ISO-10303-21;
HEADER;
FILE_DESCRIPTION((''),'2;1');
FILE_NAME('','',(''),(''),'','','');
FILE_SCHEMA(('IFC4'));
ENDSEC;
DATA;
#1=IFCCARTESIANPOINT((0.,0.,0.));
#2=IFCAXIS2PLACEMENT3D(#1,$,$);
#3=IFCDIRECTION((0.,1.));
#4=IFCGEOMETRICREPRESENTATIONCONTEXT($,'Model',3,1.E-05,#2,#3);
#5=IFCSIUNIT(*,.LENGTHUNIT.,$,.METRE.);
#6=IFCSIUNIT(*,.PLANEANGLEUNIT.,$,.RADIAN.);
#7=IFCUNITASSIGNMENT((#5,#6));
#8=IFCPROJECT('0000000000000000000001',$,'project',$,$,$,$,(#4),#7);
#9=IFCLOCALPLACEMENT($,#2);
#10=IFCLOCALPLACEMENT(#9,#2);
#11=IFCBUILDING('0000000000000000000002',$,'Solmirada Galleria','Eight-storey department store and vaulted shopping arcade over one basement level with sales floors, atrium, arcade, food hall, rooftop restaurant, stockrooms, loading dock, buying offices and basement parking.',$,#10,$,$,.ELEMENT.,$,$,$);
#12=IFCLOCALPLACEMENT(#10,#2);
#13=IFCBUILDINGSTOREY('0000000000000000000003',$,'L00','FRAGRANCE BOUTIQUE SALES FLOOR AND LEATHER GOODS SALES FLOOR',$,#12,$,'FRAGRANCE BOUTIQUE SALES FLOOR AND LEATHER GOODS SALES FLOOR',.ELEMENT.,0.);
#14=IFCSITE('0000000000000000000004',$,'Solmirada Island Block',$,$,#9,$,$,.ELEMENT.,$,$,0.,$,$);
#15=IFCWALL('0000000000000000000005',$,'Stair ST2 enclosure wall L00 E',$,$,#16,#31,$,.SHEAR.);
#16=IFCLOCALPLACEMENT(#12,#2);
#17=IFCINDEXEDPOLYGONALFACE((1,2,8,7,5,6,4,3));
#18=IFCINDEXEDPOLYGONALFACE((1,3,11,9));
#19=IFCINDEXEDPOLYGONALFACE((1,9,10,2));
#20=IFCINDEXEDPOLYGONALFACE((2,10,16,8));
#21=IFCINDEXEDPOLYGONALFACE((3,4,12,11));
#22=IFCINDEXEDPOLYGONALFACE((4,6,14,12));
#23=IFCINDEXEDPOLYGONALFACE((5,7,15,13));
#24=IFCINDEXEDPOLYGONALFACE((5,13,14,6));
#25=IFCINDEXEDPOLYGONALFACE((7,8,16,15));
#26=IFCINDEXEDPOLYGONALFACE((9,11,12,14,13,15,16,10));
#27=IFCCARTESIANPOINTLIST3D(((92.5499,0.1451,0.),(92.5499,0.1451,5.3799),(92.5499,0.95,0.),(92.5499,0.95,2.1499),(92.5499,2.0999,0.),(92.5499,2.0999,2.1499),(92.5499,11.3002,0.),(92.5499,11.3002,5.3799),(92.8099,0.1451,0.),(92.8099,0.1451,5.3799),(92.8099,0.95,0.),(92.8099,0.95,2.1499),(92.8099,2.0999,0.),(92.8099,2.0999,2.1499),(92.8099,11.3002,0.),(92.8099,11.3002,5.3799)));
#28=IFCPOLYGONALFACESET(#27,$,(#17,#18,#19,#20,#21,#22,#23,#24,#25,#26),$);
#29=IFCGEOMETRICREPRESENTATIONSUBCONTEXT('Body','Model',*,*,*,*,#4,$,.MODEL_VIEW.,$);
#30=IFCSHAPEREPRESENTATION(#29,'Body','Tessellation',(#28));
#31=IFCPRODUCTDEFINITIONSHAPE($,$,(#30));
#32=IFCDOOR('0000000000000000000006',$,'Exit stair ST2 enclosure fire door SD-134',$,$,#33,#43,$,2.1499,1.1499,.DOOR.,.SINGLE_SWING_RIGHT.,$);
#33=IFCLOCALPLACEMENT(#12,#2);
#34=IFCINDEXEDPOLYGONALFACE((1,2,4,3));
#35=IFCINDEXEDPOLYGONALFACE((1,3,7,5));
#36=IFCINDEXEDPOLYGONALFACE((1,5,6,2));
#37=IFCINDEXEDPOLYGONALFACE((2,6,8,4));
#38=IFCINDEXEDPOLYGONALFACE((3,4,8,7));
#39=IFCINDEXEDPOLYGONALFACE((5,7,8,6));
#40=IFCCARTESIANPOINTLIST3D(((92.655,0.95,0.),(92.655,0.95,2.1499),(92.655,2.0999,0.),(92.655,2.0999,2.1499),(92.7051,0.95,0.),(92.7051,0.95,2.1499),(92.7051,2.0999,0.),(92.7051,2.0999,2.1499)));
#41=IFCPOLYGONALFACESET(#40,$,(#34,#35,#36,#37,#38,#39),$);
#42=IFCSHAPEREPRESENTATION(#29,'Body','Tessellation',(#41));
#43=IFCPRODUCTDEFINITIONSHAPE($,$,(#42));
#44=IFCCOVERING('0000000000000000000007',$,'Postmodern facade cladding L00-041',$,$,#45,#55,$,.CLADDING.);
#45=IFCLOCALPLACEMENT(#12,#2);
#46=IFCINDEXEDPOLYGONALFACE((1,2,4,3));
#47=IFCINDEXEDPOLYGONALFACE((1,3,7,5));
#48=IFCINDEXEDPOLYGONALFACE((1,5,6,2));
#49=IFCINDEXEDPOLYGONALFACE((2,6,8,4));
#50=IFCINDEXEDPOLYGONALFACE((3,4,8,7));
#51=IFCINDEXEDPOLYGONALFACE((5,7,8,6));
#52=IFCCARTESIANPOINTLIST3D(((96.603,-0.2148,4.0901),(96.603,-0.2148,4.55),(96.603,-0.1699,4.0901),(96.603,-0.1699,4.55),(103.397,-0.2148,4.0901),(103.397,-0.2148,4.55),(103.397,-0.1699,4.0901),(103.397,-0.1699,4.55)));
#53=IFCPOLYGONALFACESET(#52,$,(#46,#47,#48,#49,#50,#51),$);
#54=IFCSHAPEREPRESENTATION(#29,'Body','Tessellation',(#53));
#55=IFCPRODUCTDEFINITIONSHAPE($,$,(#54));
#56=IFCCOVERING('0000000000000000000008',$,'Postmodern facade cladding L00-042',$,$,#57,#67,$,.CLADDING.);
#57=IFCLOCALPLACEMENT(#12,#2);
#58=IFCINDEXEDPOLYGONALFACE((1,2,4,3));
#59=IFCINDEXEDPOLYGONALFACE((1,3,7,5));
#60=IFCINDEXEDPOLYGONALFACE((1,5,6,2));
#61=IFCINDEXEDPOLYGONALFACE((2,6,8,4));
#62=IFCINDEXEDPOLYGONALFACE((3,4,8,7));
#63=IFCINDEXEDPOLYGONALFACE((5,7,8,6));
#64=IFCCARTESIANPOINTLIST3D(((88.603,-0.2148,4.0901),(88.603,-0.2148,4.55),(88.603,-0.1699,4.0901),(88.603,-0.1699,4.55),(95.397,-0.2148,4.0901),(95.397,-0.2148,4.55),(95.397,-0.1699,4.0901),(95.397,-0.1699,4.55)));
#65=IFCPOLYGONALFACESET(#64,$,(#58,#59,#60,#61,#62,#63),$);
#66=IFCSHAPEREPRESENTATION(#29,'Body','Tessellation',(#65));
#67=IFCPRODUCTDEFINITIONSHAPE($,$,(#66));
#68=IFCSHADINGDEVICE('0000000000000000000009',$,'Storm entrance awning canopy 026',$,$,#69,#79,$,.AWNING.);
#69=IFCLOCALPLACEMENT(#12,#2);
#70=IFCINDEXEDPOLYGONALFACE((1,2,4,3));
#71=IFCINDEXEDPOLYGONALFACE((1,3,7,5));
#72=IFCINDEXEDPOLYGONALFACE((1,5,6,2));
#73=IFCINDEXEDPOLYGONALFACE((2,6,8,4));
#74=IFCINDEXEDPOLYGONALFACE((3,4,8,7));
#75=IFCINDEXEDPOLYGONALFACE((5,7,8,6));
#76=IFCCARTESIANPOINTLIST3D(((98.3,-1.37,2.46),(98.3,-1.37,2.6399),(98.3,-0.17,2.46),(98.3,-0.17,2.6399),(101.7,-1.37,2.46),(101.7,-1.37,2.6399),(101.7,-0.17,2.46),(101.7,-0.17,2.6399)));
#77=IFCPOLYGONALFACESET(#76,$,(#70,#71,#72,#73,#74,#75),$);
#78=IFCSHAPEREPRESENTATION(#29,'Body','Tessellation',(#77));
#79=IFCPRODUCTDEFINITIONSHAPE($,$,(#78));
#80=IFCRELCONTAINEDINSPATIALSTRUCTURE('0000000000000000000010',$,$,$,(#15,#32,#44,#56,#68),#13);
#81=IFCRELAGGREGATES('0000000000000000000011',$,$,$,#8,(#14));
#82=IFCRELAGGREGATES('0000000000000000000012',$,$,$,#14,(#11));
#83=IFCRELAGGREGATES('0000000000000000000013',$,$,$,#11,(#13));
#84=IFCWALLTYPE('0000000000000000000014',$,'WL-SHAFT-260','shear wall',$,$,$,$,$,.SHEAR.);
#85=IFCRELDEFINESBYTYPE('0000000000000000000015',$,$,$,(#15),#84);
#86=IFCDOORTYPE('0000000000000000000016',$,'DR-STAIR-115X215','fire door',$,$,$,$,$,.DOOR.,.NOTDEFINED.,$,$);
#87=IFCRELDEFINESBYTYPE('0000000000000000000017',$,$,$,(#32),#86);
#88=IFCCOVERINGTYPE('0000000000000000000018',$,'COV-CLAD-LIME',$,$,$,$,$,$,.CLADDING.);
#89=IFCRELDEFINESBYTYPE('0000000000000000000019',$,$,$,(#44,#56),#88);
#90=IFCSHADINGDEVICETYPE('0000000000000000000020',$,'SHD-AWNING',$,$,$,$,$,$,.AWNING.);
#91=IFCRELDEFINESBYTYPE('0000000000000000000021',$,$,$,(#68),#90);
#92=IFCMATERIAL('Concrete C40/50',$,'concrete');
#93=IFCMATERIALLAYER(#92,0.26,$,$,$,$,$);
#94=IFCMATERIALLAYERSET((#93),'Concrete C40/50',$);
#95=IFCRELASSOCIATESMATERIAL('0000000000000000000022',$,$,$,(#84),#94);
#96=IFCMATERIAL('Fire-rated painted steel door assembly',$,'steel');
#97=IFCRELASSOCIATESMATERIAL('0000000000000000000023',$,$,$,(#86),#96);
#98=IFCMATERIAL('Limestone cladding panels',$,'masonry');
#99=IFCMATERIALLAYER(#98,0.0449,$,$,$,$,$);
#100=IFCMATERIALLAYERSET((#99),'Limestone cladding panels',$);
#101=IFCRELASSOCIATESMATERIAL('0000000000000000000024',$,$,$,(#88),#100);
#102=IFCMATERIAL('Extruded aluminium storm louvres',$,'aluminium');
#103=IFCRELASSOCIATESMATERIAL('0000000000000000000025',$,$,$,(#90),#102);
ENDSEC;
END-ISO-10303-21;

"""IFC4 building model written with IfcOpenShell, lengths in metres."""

from ifc_helpers import new_model, si_unit, direction, frame, frame_2d, origin, origin_2d, place, context, subcontext, project, spatial, rectangle, extrude, material, layer, layer_set, type_object, element, fill, save


model = new_model("IFC4")

# Units and contexts
model_context = context("Model", 3, precision=1e-05, world=origin(), true_north=direction((0.0, 1.0)))
body_context = subcontext(model_context, "Body", "Model", "MODEL_VIEW")
ifc_project = project(units=[si_unit("LENGTHUNIT", "METRE"), si_unit("PLANEANGLEUNIT", "RADIAN")], contexts=[model_context])

# Site, building, storey
site_placement = place(None, origin())
site = spatial("IfcSite", under=ifc_project, at=site_placement, Name="Solmirada Island Block", CompositionType="ELEMENT", RefElevation=0.0)
building_placement = place(site_placement, origin())
building = spatial("IfcBuilding", under=site, at=building_placement, Name="Solmirada Galleria", Description="Eight-storey department store and vaulted shopping arcade over one basement level with sales floors, atrium, arcade, food hall, rooftop restaurant, stockrooms, loading dock, buying offices and basement parking.", CompositionType="ELEMENT")
storey_placement = place(building_placement, origin())
storey = spatial("IfcBuildingStorey", under=building, at=storey_placement, Name="L00", Description="FRAGRANCE BOUTIQUE SALES FLOOR AND LEATHER GOODS SALES FLOOR", LongName="FRAGRANCE BOUTIQUE SALES FLOOR AND LEATHER GOODS SALES FLOOR", CompositionType="ELEMENT", Elevation=0.0)

# Shared definitions
ifc_material_1 = material(Name="Concrete C40/50", Category="concrete")

# Shared definitions
ifc_material_2 = material(Name="Fire-rated painted steel door assembly", Category="steel")

# Wall, opening, door
ifc_layer_1 = layer(ifc_material_1, 0.26)
ifc_layer_set_1 = layer_set([ifc_layer_1], Name="Concrete C40/50")
wall_type_1 = type_object("IfcWallType", Name="WL-SHAFT-260", Description="shear wall", PredefinedType="SHEAR", material=ifc_layer_set_1)
wall_1_placement = place(storey_placement, frame((92.6799, 0.145, 0.0), z_axis=(0.0, 0.0, 1.0), x_axis=(0.0, 1.0, 0.0)))
wall_1 = element("IfcWall", 1, at=wall_1_placement, inside=storey, type_object=wall_type_1, Name="Stair ST2 enclosure wall L00 E", PredefinedType="SHEAR", context=body_context, shape_type="SweptSolid", body=[
    extrude(rectangle(XDim=11.155, YDim=0.26, at=frame_2d((5.5776, 0.0))), origin(), (0.0, 0.0, 1.0), 5.3799),
])
opening_1_placement = place(wall_1_placement, frame((0.8049, 0.0, 0.0)))
opening_1 = element("IfcOpeningElement", 2, at=opening_1_placement, cuts=wall_1, PredefinedType="OPENING", context=body_context, shape_type="SweptSolid", body=[
    extrude(rectangle(XDim=1.1499, YDim=2.1499, at=frame_2d((0.575, 1.075))), frame((0.0, 0.1399, 0.0), z_axis=(0.0, -1.0, 0.0), x_axis=(1.0, 0.0, 0.0)), (0.0, 0.0, 1.0), 0.28),
])
door_type_1 = type_object("IfcDoorType", Name="DR-STAIR-115X215", Description="fire door", OperationType="NOTDEFINED", PredefinedType="DOOR", material=ifc_material_2)
door_1_placement = place(opening_1_placement, origin())
door_1 = element("IfcDoor", 3, at=door_1_placement, inside=storey, type_object=door_type_1, Name="Exit stair ST2 enclosure fire door SD-134", OperationType="SINGLE_SWING_RIGHT", OverallHeight=2.1499, OverallWidth=1.1499, PredefinedType="DOOR", context=body_context, shape_type="SweptSolid", body=[
    extrude(rectangle(XDim=1.1499, YDim=2.1499, at=frame_2d((0.575, 1.075))), frame((0.0, 0.0249, 0.0), z_axis=(0.0, -1.0, 0.0), x_axis=(1.0, 0.0, 0.0)), (0.0, 0.0, 1.0), 0.05),
])
fill(opening_1, door_1)

# Coverings
ifc_material_3 = material(Name="Limestone cladding panels", Category="masonry")
ifc_layer_2 = layer(ifc_material_3, 0.0449)
ifc_layer_set_2 = layer_set([ifc_layer_2], Name="Limestone cladding panels")
covering_type = type_object("IfcCoveringType", Name="COV-CLAD-LIME", PredefinedType="CLADDING", material=ifc_layer_set_2)
for number, where, z_axis, x_axis, name in (
    (4, (100.0, -0.1924, 4.0901), (0.0, 0.0, 1.0), (-1.0, 0.0, 0.0), "Postmodern facade cladding L00-041"),
    (5, (92.0, -0.1924, 4.0901), (0.0, 0.0, 1.0), (-1.0, 0.0, 0.0), "Postmodern facade cladding L00-042"),
):
    element("IfcCovering", number, at=place(storey_placement, frame(where, z_axis=z_axis, x_axis=x_axis)), inside=storey, type_object=covering_type, Name=name, PredefinedType="CLADDING", context=body_context, shape_type="SweptSolid", body=[
        extrude(rectangle(XDim=6.7939, YDim=0.0449, at=origin_2d()), origin(), (0.0, 0.0, 1.0), 0.46),
    ])

# Shading device
ifc_material_4 = material(Name="Extruded aluminium storm louvres", Category="aluminium")
shading_device_type = type_object("IfcShadingDeviceType", Name="SHD-AWNING", PredefinedType="AWNING", material=ifc_material_4)
shading_device_placement = place(storey_placement, frame((100.0, -0.77, 2.46), z_axis=(0.0, 0.0, 1.0), x_axis=(-1.0, 0.0, 0.0)))
element("IfcShadingDevice", 6, at=shading_device_placement, inside=storey, type_object=shading_device_type, Name="Storm entrance awning canopy 026", PredefinedType="AWNING", context=body_context, shape_type="SweptSolid", body=[
    extrude(rectangle(XDim=3.3999, YDim=1.2, at=origin_2d()), origin(), (0.0, 0.0, 1.0), 0.1799),
])

save(model, "model.ifc")
